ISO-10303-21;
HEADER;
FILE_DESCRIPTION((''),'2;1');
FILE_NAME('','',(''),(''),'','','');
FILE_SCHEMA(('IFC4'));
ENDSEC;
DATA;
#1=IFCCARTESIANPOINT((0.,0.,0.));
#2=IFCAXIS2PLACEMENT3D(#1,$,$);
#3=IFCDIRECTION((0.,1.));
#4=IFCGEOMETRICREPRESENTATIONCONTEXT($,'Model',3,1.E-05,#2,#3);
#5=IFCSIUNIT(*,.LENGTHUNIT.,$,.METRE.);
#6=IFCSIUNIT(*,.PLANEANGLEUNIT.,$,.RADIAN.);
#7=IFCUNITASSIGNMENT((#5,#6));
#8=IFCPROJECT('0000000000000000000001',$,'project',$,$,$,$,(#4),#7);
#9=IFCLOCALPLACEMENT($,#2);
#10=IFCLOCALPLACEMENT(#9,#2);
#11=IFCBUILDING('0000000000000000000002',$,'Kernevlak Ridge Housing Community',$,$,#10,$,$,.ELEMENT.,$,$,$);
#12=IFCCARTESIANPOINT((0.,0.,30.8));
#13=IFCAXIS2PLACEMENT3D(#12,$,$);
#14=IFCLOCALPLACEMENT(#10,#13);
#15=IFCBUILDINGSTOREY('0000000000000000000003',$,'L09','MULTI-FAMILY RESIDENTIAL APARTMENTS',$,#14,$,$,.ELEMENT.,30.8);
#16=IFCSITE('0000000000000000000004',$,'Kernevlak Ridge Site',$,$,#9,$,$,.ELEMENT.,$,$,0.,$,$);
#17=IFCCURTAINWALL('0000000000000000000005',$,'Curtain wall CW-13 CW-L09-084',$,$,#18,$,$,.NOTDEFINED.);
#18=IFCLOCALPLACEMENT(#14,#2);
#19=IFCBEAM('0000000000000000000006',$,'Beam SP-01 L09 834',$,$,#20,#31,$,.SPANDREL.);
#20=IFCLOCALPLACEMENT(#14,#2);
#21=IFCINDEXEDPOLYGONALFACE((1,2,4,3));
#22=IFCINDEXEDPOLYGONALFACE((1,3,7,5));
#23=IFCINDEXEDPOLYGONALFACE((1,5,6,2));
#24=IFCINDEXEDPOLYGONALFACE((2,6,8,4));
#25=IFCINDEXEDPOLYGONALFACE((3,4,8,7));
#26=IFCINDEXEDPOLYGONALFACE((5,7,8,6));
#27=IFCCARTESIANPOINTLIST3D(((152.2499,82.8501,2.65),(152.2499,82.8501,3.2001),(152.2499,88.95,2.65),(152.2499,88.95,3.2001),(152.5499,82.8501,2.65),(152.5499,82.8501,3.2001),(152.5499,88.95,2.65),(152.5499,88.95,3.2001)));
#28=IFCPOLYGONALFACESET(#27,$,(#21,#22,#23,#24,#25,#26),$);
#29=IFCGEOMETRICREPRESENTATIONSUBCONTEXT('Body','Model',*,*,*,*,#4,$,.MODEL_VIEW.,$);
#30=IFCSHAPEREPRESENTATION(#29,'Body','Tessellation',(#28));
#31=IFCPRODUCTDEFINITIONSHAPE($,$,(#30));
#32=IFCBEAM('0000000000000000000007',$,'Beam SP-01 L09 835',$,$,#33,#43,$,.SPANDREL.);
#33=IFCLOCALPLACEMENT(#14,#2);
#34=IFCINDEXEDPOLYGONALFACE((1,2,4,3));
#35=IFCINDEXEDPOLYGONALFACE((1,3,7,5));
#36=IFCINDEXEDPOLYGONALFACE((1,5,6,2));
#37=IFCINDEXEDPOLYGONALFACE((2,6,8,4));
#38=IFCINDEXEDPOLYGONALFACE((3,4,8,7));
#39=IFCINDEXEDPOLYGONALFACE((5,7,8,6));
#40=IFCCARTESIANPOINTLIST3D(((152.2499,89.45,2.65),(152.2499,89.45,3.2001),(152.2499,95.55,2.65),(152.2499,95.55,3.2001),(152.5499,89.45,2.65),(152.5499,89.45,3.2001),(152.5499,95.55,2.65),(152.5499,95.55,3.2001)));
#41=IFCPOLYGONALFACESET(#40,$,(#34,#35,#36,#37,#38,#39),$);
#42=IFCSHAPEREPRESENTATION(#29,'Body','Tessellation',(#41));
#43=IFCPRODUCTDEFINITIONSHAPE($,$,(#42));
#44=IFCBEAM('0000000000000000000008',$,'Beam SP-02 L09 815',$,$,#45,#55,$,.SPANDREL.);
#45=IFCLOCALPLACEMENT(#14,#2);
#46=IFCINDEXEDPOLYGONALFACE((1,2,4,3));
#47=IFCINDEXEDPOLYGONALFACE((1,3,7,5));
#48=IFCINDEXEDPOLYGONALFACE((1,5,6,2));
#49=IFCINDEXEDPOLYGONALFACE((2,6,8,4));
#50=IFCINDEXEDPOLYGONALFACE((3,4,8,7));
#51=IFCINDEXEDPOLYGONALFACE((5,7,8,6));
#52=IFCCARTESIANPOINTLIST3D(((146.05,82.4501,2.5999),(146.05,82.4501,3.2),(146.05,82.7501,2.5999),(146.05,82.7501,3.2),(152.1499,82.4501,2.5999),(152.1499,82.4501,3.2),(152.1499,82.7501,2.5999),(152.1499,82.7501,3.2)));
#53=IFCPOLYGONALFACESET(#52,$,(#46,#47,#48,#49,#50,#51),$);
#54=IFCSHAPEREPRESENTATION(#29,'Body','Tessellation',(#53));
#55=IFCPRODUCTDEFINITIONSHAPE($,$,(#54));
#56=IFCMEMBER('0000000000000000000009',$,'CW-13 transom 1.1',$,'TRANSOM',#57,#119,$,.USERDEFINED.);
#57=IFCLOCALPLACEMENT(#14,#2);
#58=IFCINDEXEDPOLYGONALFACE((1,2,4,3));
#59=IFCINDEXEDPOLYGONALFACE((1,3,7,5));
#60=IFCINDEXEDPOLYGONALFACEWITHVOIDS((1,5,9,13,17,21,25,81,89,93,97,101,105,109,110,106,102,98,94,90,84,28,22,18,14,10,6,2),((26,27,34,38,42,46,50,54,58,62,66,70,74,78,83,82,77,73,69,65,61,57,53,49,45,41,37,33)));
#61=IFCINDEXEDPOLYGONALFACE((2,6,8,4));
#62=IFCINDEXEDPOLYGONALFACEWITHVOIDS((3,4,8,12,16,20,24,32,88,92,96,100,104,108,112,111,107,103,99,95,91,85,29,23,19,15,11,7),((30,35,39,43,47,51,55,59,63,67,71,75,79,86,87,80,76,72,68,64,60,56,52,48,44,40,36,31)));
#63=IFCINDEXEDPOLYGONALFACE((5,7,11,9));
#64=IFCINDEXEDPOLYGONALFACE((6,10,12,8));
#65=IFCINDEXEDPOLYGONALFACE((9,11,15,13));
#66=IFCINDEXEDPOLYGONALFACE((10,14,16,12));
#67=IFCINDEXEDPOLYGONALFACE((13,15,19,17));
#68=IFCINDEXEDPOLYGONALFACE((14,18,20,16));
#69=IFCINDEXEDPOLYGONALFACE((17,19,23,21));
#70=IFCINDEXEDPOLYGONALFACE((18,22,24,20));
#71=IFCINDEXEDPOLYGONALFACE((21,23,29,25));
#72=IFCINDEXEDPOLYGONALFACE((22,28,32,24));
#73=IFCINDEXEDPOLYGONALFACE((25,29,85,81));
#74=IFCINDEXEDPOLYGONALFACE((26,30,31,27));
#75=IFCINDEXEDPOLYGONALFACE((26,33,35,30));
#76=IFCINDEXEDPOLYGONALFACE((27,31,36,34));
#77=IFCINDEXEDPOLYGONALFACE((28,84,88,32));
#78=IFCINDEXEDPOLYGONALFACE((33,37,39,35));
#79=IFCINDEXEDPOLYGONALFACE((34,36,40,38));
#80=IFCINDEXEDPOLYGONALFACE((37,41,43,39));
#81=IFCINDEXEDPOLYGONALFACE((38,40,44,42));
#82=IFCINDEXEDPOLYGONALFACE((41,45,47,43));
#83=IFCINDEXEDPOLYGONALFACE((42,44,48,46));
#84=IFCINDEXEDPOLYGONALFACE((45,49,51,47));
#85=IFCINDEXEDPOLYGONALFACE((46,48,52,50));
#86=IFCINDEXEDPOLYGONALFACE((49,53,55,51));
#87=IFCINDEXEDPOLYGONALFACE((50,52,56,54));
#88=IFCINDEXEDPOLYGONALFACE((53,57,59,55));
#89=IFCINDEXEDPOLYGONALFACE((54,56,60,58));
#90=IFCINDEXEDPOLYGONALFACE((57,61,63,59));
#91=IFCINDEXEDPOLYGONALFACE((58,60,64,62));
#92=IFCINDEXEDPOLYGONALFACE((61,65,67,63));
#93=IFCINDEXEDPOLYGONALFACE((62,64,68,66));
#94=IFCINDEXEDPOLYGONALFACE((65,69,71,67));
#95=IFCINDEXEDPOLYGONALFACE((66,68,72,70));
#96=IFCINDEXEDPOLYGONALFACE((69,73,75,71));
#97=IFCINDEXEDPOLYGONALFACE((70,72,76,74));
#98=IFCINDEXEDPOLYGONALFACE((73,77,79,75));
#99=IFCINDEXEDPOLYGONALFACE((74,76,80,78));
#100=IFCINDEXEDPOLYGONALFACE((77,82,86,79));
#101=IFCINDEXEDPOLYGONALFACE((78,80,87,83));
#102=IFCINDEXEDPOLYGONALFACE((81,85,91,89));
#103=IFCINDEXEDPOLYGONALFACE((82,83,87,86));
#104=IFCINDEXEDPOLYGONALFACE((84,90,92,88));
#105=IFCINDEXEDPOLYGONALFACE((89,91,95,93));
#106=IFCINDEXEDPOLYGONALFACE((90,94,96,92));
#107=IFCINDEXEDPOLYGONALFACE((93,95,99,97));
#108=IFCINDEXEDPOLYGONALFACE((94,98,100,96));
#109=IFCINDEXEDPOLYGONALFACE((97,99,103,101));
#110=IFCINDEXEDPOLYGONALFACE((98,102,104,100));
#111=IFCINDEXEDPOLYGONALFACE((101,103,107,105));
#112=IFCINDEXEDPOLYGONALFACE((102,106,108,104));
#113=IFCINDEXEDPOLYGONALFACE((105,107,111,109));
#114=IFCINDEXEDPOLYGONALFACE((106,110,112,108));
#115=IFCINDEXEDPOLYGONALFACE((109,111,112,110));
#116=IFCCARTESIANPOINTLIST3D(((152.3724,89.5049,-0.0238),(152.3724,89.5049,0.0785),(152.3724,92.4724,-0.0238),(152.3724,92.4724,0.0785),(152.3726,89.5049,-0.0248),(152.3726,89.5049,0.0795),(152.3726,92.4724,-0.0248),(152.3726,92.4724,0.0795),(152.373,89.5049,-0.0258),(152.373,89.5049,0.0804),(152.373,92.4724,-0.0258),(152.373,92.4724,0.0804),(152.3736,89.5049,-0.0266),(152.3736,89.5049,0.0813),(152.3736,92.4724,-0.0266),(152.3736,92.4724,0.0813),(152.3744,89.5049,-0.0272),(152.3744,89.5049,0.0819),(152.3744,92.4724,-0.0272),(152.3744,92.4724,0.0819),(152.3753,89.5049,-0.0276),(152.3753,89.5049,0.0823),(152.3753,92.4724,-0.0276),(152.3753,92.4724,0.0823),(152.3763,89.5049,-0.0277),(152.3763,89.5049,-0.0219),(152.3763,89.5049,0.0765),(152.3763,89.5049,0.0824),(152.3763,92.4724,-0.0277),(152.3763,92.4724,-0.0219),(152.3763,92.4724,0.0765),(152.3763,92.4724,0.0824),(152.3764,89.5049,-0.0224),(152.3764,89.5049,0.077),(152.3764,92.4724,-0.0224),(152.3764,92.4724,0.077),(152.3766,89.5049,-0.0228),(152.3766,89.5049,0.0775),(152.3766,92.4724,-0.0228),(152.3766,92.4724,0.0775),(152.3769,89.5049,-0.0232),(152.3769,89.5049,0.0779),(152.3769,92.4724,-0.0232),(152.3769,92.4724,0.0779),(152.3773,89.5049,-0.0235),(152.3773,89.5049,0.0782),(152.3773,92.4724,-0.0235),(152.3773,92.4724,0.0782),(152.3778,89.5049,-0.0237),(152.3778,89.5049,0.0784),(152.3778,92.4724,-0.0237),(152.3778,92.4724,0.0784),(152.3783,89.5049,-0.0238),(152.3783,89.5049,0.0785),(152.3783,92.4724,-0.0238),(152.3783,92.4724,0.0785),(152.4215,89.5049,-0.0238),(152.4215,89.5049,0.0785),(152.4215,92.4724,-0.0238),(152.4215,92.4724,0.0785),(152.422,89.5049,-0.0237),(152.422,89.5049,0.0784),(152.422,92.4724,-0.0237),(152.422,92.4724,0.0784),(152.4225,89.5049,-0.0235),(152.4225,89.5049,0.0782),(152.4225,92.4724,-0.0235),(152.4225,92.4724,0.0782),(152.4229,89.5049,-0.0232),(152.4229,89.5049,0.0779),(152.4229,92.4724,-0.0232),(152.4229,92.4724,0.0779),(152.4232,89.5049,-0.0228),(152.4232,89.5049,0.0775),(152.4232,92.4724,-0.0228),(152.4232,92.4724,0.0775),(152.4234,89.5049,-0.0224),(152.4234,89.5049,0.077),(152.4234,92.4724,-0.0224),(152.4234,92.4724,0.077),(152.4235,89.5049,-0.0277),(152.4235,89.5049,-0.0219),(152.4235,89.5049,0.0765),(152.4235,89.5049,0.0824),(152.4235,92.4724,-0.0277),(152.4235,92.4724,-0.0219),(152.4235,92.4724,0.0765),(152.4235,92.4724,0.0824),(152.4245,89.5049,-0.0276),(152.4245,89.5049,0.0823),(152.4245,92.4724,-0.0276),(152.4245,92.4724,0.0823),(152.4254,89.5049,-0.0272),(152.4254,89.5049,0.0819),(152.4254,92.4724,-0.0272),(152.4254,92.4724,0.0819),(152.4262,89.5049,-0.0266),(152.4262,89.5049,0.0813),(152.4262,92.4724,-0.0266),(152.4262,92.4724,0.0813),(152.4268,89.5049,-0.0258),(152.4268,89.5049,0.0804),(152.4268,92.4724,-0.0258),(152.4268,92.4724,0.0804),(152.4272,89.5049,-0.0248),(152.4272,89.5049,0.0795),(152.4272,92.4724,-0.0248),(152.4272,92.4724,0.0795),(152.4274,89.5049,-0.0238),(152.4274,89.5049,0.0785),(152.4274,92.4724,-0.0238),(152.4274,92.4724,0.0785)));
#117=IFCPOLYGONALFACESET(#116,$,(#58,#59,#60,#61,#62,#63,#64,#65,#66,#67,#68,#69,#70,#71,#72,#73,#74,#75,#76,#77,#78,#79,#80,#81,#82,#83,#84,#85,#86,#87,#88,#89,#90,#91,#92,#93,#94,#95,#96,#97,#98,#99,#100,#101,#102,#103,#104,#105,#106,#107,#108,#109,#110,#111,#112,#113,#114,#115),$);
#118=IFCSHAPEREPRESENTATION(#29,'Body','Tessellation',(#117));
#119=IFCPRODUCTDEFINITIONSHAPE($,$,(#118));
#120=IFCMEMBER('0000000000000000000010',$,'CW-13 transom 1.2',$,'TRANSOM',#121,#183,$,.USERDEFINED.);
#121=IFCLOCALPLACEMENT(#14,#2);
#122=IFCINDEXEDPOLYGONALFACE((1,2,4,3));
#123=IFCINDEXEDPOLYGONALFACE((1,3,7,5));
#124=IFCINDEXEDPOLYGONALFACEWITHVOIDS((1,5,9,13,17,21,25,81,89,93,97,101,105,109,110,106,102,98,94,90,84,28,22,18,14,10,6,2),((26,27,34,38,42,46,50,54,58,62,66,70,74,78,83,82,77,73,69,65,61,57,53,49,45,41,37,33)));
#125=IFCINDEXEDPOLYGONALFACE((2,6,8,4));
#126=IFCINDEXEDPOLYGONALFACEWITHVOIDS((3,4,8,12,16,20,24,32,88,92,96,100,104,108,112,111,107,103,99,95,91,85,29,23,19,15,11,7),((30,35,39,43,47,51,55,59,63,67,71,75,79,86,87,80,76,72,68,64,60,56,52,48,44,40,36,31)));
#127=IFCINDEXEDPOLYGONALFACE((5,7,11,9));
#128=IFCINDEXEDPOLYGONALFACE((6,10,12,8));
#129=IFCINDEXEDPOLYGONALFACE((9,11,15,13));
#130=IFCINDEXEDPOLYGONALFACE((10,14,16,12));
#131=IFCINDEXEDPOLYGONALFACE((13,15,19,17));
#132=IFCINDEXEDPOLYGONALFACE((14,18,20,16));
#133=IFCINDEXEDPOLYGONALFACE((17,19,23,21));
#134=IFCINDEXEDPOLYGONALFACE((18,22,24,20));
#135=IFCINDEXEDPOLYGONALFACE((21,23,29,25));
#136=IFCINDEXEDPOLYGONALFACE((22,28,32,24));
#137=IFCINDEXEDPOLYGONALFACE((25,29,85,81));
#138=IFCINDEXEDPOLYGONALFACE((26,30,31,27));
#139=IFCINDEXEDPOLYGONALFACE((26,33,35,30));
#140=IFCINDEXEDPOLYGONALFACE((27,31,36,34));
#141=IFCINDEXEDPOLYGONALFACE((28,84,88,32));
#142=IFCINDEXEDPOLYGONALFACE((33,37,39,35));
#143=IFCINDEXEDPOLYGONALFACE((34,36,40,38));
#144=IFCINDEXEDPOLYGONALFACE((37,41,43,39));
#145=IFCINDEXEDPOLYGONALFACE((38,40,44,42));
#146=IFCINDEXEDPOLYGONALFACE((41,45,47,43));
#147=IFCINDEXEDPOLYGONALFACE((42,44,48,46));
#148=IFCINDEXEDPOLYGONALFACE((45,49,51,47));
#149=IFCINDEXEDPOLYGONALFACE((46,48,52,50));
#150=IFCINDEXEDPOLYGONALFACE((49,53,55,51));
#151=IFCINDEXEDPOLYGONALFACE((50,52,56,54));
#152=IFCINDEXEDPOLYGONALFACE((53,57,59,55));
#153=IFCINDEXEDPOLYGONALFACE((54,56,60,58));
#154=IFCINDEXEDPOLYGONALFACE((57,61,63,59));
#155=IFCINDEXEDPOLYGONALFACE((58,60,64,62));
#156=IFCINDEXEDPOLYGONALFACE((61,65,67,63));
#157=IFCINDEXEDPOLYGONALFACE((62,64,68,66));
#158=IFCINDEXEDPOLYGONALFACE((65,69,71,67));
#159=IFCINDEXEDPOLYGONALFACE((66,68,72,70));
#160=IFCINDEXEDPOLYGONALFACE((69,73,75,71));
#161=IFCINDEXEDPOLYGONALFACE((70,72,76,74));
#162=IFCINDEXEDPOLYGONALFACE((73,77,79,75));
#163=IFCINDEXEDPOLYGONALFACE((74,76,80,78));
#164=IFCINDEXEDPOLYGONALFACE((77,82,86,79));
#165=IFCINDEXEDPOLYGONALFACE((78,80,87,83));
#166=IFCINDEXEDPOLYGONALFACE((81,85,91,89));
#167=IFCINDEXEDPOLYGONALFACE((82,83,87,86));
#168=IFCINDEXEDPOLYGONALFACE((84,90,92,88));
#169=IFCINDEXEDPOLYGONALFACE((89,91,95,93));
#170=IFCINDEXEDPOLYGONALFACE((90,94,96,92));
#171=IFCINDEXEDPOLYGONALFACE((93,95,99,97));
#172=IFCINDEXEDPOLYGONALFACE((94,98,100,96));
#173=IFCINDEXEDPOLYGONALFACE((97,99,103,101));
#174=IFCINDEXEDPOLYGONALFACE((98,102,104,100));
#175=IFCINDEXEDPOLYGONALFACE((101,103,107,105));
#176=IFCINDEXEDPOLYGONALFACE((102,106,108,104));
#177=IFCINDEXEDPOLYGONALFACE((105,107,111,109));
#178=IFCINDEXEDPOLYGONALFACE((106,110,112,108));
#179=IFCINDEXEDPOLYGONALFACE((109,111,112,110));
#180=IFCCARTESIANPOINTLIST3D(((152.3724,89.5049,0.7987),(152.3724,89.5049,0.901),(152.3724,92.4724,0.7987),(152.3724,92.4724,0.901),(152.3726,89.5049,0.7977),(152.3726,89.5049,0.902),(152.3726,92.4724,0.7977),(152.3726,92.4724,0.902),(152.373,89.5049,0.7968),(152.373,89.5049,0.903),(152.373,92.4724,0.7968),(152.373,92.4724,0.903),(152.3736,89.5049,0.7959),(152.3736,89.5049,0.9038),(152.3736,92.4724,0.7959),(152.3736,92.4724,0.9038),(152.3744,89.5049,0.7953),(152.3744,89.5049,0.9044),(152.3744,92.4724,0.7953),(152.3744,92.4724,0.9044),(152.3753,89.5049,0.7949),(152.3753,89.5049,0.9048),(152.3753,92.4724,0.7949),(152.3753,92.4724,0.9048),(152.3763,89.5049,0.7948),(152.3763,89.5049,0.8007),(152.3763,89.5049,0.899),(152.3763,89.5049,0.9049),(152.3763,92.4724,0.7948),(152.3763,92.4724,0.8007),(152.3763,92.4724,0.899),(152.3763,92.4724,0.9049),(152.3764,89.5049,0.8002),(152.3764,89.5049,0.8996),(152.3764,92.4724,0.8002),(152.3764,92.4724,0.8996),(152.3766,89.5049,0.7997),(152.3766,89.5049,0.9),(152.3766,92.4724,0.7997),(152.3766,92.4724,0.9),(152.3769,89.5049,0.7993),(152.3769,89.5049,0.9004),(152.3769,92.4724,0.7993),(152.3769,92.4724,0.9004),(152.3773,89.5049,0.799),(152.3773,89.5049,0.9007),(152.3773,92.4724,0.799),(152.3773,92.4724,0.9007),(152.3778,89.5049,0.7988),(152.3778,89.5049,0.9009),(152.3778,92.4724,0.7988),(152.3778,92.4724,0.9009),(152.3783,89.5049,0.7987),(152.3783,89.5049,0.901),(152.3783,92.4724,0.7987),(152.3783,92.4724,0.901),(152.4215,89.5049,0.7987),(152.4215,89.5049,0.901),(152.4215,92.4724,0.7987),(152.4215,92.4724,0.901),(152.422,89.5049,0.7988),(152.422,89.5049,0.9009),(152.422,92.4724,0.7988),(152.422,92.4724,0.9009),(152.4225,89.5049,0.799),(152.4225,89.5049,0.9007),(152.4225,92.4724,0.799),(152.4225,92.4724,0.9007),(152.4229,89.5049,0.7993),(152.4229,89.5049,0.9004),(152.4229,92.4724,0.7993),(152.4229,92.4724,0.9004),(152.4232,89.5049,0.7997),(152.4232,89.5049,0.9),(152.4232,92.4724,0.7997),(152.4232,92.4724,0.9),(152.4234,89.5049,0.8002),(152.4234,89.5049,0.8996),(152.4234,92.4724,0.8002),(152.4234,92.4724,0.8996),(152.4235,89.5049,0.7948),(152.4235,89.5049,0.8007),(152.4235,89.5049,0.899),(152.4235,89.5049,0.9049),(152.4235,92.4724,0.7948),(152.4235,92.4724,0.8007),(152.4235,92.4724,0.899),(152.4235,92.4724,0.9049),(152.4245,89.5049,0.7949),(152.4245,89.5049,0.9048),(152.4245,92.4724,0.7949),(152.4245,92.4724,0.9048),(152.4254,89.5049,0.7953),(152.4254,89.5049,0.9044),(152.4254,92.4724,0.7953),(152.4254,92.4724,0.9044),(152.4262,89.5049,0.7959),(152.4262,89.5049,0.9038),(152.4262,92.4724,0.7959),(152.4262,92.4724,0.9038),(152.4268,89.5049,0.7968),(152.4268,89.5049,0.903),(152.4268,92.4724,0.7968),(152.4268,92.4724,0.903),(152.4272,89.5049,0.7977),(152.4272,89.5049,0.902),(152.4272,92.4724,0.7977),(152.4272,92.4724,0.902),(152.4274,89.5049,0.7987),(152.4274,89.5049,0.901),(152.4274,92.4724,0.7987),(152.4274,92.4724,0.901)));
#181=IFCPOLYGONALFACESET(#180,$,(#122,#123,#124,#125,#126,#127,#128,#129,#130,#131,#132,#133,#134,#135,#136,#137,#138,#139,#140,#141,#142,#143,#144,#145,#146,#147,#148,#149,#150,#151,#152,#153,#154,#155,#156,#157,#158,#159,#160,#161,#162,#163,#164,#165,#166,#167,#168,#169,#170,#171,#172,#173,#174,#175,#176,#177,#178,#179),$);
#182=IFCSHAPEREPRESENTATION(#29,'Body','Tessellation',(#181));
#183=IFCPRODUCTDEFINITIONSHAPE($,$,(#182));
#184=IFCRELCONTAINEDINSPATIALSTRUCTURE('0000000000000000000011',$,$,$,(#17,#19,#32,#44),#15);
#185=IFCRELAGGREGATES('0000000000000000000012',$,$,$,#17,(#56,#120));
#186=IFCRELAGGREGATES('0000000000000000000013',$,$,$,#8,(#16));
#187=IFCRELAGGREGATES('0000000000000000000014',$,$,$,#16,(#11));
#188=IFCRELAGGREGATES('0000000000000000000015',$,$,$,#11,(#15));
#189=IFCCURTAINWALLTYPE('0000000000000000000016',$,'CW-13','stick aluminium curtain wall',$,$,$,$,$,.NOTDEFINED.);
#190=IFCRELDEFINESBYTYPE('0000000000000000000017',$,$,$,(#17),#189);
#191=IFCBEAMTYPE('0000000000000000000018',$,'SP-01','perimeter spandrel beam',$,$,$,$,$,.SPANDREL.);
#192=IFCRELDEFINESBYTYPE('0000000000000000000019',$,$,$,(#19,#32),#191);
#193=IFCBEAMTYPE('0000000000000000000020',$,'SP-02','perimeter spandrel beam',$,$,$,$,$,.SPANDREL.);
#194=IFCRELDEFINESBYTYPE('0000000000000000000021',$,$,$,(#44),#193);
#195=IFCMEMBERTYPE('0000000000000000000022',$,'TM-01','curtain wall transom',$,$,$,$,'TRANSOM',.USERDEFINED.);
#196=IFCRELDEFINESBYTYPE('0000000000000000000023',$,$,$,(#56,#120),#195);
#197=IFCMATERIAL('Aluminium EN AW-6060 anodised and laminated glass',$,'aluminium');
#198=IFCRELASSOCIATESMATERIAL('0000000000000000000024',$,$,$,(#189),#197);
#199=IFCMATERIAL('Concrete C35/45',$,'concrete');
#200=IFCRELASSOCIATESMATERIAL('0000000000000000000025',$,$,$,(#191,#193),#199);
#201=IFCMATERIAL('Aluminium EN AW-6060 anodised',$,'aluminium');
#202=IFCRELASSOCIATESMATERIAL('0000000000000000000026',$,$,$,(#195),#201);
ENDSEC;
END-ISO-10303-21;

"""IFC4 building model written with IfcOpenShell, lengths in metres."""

from ifc_helpers import new_model, si_unit, direction, frame, origin, origin_2d, place, context, subcontext, project, spatial, rectangle, hollow_rectangle, extrude, material, material_profile, profile_set, type_object, element, aggregate, save


model = new_model("IFC4")

# Units and contexts
model_context = context("Model", 3, precision=1e-05, world=origin(), true_north=direction((0.0, 1.0)))
body_context = subcontext(model_context, "Body", "Model", "MODEL_VIEW")
ifc_project = project(units=[si_unit("LENGTHUNIT", "METRE"), si_unit("PLANEANGLEUNIT", "RADIAN")], contexts=[model_context])

# Site, building, storey
site_placement = place(None, origin())
site = spatial("IfcSite", under=ifc_project, at=site_placement, Name="Kernevlak Ridge Site", CompositionType="ELEMENT", RefElevation=0.0)
building_placement = place(site_placement, origin())
building = spatial("IfcBuilding", under=site, at=building_placement, Name="Kernevlak Ridge Housing Community", CompositionType="ELEMENT")
storey_placement = place(building_placement, frame((0.0, 0.0, 30.8)))
storey = spatial("IfcBuildingStorey", under=building, at=storey_placement, Name="L09", Description="MULTI-FAMILY RESIDENTIAL APARTMENTS", CompositionType="ELEMENT", Elevation=30.8)

# Shared definitions
ifc_material_1 = material(Name="Concrete C35/45", Category="concrete")

# Curtain wall
ifc_material_2 = material(Name="Aluminium EN AW-6060 anodised and laminated glass", Category="aluminium")
curtain_wall_type = type_object("IfcCurtainWallType", Name="CW-13", Description="stick aluminium curtain wall", PredefinedType="NOTDEFINED", material=ifc_material_2)
curtain_wall_placement = place(storey_placement, origin())
curtain_wall = element("IfcCurtainWall", 1, at=curtain_wall_placement, inside=storey, type_object=curtain_wall_type, Name="Curtain wall CW-13 CW-L09-084", PredefinedType="NOTDEFINED")
ifc_material_3 = material(Name="Aluminium EN AW-6060 anodised", Category="aluminium")

# Beams
ifc_material_profile_1 = material_profile(ifc_material_1, rectangle(XDim=0.3, YDim=0.55, at=origin_2d()), Name="RC 300x550")
ifc_profile_set_1 = profile_set([ifc_material_profile_1], Name="Concrete C35/45")
beam_type_1 = type_object("IfcBeamType", Name="SP-01", Description="perimeter spandrel beam", PredefinedType="SPANDREL", material=ifc_profile_set_1)
beam_1_placement = place(storey_placement, frame((152.3999, 82.8501, 2.925), z_axis=(0.0, 1.0, 0.0), x_axis=(-1.0, 0.0, 0.0)))
element("IfcBeam", 2, at=beam_1_placement, inside=storey, type_object=beam_type_1, Name="Beam SP-01 L09 834", PredefinedType="SPANDREL", context=body_context, shape_type="SweptSolid", body=[
    extrude(rectangle(XDim=0.3, YDim=0.55, at=origin_2d()), origin(), (0.0, 0.0, 1.0), 6.0999),
])
beam_2_placement = place(storey_placement, frame((152.3999, 89.45, 2.925), z_axis=(0.0, 1.0, 0.0), x_axis=(-1.0, 0.0, 0.0)))
element("IfcBeam", 3, at=beam_2_placement, inside=storey, type_object=beam_type_1, Name="Beam SP-01 L09 835", PredefinedType="SPANDREL", context=body_context, shape_type="SweptSolid", body=[
    extrude(rectangle(XDim=0.3, YDim=0.55, at=origin_2d()), origin(), (0.0, 0.0, 1.0), 6.1001),
])
ifc_material_profile_2 = material_profile(ifc_material_1, rectangle(XDim=0.3, YDim=0.6001, at=origin_2d()), Name="RC 300x600")
ifc_profile_set_2 = profile_set([ifc_material_profile_2], Name="Concrete C35/45")
beam_type_2 = type_object("IfcBeamType", Name="SP-02", Description="perimeter spandrel beam", PredefinedType="SPANDREL", material=ifc_profile_set_2)
beam_3_placement = place(storey_placement, frame((146.05, 82.6001, 2.8999), z_axis=(1.0, 0.0, 0.0), x_axis=(0.0, 1.0, 0.0)))
element("IfcBeam", 4, at=beam_3_placement, inside=storey, type_object=beam_type_2, Name="Beam SP-02 L09 815", PredefinedType="SPANDREL", context=body_context, shape_type="SweptSolid", body=[
    extrude(rectangle(XDim=0.3, YDim=0.6001, at=origin_2d()), origin(), (0.0, 0.0, 1.0), 6.0999),
])

# Members
ifc_material_profile_3 = material_profile(ifc_material_3, hollow_rectangle(XDim=0.0549, YDim=0.1101, WallThickness=0.0039, InnerFilletRadius=0.002, OuterFilletRadius=0.0039, at=origin_2d()), Name="ALU 55x110x4")
ifc_profile_set_3 = profile_set([ifc_material_profile_3], Name="Aluminium EN AW-6060 anodised")
member_type_1 = type_object("IfcMemberType", Name="TM-01", Description="curtain wall transom", ElementType="TRANSOM", PredefinedType="USERDEFINED", material=ifc_profile_set_3)
member_1_placement = place(storey_placement, frame((152.3999, 89.5049, 0.0273), z_axis=(0.0, 1.0, 0.0), x_axis=(-1.0, 0.0, 0.0)))
member_1 = element("IfcMember", 5, at=member_1_placement, type_object=member_type_1, Name="CW-13 transom 1.1", ObjectType="TRANSOM", PredefinedType="USERDEFINED", context=body_context, shape_type="SweptSolid", body=[
    extrude(hollow_rectangle(XDim=0.0549, YDim=0.1101, WallThickness=0.0039, InnerFilletRadius=0.002, OuterFilletRadius=0.0039, at=origin_2d()), origin(), (0.0, 0.0, 1.0), 2.9675),
])
member_2_placement = place(storey_placement, frame((152.3999, 89.5049, 0.8499), z_axis=(0.0, 1.0, 0.0), x_axis=(-1.0, 0.0, 0.0)))
member_2 = element("IfcMember", 6, at=member_2_placement, type_object=member_type_1, Name="CW-13 transom 1.2", ObjectType="TRANSOM", PredefinedType="USERDEFINED", context=body_context, shape_type="SweptSolid", body=[
    extrude(hollow_rectangle(XDim=0.0549, YDim=0.1101, WallThickness=0.0039, InnerFilletRadius=0.002, OuterFilletRadius=0.0039, at=origin_2d()), origin(), (0.0, 0.0, 1.0), 2.9675),
])

aggregate(curtain_wall, [member_1, member_2])

save(model, "model.ifc")
